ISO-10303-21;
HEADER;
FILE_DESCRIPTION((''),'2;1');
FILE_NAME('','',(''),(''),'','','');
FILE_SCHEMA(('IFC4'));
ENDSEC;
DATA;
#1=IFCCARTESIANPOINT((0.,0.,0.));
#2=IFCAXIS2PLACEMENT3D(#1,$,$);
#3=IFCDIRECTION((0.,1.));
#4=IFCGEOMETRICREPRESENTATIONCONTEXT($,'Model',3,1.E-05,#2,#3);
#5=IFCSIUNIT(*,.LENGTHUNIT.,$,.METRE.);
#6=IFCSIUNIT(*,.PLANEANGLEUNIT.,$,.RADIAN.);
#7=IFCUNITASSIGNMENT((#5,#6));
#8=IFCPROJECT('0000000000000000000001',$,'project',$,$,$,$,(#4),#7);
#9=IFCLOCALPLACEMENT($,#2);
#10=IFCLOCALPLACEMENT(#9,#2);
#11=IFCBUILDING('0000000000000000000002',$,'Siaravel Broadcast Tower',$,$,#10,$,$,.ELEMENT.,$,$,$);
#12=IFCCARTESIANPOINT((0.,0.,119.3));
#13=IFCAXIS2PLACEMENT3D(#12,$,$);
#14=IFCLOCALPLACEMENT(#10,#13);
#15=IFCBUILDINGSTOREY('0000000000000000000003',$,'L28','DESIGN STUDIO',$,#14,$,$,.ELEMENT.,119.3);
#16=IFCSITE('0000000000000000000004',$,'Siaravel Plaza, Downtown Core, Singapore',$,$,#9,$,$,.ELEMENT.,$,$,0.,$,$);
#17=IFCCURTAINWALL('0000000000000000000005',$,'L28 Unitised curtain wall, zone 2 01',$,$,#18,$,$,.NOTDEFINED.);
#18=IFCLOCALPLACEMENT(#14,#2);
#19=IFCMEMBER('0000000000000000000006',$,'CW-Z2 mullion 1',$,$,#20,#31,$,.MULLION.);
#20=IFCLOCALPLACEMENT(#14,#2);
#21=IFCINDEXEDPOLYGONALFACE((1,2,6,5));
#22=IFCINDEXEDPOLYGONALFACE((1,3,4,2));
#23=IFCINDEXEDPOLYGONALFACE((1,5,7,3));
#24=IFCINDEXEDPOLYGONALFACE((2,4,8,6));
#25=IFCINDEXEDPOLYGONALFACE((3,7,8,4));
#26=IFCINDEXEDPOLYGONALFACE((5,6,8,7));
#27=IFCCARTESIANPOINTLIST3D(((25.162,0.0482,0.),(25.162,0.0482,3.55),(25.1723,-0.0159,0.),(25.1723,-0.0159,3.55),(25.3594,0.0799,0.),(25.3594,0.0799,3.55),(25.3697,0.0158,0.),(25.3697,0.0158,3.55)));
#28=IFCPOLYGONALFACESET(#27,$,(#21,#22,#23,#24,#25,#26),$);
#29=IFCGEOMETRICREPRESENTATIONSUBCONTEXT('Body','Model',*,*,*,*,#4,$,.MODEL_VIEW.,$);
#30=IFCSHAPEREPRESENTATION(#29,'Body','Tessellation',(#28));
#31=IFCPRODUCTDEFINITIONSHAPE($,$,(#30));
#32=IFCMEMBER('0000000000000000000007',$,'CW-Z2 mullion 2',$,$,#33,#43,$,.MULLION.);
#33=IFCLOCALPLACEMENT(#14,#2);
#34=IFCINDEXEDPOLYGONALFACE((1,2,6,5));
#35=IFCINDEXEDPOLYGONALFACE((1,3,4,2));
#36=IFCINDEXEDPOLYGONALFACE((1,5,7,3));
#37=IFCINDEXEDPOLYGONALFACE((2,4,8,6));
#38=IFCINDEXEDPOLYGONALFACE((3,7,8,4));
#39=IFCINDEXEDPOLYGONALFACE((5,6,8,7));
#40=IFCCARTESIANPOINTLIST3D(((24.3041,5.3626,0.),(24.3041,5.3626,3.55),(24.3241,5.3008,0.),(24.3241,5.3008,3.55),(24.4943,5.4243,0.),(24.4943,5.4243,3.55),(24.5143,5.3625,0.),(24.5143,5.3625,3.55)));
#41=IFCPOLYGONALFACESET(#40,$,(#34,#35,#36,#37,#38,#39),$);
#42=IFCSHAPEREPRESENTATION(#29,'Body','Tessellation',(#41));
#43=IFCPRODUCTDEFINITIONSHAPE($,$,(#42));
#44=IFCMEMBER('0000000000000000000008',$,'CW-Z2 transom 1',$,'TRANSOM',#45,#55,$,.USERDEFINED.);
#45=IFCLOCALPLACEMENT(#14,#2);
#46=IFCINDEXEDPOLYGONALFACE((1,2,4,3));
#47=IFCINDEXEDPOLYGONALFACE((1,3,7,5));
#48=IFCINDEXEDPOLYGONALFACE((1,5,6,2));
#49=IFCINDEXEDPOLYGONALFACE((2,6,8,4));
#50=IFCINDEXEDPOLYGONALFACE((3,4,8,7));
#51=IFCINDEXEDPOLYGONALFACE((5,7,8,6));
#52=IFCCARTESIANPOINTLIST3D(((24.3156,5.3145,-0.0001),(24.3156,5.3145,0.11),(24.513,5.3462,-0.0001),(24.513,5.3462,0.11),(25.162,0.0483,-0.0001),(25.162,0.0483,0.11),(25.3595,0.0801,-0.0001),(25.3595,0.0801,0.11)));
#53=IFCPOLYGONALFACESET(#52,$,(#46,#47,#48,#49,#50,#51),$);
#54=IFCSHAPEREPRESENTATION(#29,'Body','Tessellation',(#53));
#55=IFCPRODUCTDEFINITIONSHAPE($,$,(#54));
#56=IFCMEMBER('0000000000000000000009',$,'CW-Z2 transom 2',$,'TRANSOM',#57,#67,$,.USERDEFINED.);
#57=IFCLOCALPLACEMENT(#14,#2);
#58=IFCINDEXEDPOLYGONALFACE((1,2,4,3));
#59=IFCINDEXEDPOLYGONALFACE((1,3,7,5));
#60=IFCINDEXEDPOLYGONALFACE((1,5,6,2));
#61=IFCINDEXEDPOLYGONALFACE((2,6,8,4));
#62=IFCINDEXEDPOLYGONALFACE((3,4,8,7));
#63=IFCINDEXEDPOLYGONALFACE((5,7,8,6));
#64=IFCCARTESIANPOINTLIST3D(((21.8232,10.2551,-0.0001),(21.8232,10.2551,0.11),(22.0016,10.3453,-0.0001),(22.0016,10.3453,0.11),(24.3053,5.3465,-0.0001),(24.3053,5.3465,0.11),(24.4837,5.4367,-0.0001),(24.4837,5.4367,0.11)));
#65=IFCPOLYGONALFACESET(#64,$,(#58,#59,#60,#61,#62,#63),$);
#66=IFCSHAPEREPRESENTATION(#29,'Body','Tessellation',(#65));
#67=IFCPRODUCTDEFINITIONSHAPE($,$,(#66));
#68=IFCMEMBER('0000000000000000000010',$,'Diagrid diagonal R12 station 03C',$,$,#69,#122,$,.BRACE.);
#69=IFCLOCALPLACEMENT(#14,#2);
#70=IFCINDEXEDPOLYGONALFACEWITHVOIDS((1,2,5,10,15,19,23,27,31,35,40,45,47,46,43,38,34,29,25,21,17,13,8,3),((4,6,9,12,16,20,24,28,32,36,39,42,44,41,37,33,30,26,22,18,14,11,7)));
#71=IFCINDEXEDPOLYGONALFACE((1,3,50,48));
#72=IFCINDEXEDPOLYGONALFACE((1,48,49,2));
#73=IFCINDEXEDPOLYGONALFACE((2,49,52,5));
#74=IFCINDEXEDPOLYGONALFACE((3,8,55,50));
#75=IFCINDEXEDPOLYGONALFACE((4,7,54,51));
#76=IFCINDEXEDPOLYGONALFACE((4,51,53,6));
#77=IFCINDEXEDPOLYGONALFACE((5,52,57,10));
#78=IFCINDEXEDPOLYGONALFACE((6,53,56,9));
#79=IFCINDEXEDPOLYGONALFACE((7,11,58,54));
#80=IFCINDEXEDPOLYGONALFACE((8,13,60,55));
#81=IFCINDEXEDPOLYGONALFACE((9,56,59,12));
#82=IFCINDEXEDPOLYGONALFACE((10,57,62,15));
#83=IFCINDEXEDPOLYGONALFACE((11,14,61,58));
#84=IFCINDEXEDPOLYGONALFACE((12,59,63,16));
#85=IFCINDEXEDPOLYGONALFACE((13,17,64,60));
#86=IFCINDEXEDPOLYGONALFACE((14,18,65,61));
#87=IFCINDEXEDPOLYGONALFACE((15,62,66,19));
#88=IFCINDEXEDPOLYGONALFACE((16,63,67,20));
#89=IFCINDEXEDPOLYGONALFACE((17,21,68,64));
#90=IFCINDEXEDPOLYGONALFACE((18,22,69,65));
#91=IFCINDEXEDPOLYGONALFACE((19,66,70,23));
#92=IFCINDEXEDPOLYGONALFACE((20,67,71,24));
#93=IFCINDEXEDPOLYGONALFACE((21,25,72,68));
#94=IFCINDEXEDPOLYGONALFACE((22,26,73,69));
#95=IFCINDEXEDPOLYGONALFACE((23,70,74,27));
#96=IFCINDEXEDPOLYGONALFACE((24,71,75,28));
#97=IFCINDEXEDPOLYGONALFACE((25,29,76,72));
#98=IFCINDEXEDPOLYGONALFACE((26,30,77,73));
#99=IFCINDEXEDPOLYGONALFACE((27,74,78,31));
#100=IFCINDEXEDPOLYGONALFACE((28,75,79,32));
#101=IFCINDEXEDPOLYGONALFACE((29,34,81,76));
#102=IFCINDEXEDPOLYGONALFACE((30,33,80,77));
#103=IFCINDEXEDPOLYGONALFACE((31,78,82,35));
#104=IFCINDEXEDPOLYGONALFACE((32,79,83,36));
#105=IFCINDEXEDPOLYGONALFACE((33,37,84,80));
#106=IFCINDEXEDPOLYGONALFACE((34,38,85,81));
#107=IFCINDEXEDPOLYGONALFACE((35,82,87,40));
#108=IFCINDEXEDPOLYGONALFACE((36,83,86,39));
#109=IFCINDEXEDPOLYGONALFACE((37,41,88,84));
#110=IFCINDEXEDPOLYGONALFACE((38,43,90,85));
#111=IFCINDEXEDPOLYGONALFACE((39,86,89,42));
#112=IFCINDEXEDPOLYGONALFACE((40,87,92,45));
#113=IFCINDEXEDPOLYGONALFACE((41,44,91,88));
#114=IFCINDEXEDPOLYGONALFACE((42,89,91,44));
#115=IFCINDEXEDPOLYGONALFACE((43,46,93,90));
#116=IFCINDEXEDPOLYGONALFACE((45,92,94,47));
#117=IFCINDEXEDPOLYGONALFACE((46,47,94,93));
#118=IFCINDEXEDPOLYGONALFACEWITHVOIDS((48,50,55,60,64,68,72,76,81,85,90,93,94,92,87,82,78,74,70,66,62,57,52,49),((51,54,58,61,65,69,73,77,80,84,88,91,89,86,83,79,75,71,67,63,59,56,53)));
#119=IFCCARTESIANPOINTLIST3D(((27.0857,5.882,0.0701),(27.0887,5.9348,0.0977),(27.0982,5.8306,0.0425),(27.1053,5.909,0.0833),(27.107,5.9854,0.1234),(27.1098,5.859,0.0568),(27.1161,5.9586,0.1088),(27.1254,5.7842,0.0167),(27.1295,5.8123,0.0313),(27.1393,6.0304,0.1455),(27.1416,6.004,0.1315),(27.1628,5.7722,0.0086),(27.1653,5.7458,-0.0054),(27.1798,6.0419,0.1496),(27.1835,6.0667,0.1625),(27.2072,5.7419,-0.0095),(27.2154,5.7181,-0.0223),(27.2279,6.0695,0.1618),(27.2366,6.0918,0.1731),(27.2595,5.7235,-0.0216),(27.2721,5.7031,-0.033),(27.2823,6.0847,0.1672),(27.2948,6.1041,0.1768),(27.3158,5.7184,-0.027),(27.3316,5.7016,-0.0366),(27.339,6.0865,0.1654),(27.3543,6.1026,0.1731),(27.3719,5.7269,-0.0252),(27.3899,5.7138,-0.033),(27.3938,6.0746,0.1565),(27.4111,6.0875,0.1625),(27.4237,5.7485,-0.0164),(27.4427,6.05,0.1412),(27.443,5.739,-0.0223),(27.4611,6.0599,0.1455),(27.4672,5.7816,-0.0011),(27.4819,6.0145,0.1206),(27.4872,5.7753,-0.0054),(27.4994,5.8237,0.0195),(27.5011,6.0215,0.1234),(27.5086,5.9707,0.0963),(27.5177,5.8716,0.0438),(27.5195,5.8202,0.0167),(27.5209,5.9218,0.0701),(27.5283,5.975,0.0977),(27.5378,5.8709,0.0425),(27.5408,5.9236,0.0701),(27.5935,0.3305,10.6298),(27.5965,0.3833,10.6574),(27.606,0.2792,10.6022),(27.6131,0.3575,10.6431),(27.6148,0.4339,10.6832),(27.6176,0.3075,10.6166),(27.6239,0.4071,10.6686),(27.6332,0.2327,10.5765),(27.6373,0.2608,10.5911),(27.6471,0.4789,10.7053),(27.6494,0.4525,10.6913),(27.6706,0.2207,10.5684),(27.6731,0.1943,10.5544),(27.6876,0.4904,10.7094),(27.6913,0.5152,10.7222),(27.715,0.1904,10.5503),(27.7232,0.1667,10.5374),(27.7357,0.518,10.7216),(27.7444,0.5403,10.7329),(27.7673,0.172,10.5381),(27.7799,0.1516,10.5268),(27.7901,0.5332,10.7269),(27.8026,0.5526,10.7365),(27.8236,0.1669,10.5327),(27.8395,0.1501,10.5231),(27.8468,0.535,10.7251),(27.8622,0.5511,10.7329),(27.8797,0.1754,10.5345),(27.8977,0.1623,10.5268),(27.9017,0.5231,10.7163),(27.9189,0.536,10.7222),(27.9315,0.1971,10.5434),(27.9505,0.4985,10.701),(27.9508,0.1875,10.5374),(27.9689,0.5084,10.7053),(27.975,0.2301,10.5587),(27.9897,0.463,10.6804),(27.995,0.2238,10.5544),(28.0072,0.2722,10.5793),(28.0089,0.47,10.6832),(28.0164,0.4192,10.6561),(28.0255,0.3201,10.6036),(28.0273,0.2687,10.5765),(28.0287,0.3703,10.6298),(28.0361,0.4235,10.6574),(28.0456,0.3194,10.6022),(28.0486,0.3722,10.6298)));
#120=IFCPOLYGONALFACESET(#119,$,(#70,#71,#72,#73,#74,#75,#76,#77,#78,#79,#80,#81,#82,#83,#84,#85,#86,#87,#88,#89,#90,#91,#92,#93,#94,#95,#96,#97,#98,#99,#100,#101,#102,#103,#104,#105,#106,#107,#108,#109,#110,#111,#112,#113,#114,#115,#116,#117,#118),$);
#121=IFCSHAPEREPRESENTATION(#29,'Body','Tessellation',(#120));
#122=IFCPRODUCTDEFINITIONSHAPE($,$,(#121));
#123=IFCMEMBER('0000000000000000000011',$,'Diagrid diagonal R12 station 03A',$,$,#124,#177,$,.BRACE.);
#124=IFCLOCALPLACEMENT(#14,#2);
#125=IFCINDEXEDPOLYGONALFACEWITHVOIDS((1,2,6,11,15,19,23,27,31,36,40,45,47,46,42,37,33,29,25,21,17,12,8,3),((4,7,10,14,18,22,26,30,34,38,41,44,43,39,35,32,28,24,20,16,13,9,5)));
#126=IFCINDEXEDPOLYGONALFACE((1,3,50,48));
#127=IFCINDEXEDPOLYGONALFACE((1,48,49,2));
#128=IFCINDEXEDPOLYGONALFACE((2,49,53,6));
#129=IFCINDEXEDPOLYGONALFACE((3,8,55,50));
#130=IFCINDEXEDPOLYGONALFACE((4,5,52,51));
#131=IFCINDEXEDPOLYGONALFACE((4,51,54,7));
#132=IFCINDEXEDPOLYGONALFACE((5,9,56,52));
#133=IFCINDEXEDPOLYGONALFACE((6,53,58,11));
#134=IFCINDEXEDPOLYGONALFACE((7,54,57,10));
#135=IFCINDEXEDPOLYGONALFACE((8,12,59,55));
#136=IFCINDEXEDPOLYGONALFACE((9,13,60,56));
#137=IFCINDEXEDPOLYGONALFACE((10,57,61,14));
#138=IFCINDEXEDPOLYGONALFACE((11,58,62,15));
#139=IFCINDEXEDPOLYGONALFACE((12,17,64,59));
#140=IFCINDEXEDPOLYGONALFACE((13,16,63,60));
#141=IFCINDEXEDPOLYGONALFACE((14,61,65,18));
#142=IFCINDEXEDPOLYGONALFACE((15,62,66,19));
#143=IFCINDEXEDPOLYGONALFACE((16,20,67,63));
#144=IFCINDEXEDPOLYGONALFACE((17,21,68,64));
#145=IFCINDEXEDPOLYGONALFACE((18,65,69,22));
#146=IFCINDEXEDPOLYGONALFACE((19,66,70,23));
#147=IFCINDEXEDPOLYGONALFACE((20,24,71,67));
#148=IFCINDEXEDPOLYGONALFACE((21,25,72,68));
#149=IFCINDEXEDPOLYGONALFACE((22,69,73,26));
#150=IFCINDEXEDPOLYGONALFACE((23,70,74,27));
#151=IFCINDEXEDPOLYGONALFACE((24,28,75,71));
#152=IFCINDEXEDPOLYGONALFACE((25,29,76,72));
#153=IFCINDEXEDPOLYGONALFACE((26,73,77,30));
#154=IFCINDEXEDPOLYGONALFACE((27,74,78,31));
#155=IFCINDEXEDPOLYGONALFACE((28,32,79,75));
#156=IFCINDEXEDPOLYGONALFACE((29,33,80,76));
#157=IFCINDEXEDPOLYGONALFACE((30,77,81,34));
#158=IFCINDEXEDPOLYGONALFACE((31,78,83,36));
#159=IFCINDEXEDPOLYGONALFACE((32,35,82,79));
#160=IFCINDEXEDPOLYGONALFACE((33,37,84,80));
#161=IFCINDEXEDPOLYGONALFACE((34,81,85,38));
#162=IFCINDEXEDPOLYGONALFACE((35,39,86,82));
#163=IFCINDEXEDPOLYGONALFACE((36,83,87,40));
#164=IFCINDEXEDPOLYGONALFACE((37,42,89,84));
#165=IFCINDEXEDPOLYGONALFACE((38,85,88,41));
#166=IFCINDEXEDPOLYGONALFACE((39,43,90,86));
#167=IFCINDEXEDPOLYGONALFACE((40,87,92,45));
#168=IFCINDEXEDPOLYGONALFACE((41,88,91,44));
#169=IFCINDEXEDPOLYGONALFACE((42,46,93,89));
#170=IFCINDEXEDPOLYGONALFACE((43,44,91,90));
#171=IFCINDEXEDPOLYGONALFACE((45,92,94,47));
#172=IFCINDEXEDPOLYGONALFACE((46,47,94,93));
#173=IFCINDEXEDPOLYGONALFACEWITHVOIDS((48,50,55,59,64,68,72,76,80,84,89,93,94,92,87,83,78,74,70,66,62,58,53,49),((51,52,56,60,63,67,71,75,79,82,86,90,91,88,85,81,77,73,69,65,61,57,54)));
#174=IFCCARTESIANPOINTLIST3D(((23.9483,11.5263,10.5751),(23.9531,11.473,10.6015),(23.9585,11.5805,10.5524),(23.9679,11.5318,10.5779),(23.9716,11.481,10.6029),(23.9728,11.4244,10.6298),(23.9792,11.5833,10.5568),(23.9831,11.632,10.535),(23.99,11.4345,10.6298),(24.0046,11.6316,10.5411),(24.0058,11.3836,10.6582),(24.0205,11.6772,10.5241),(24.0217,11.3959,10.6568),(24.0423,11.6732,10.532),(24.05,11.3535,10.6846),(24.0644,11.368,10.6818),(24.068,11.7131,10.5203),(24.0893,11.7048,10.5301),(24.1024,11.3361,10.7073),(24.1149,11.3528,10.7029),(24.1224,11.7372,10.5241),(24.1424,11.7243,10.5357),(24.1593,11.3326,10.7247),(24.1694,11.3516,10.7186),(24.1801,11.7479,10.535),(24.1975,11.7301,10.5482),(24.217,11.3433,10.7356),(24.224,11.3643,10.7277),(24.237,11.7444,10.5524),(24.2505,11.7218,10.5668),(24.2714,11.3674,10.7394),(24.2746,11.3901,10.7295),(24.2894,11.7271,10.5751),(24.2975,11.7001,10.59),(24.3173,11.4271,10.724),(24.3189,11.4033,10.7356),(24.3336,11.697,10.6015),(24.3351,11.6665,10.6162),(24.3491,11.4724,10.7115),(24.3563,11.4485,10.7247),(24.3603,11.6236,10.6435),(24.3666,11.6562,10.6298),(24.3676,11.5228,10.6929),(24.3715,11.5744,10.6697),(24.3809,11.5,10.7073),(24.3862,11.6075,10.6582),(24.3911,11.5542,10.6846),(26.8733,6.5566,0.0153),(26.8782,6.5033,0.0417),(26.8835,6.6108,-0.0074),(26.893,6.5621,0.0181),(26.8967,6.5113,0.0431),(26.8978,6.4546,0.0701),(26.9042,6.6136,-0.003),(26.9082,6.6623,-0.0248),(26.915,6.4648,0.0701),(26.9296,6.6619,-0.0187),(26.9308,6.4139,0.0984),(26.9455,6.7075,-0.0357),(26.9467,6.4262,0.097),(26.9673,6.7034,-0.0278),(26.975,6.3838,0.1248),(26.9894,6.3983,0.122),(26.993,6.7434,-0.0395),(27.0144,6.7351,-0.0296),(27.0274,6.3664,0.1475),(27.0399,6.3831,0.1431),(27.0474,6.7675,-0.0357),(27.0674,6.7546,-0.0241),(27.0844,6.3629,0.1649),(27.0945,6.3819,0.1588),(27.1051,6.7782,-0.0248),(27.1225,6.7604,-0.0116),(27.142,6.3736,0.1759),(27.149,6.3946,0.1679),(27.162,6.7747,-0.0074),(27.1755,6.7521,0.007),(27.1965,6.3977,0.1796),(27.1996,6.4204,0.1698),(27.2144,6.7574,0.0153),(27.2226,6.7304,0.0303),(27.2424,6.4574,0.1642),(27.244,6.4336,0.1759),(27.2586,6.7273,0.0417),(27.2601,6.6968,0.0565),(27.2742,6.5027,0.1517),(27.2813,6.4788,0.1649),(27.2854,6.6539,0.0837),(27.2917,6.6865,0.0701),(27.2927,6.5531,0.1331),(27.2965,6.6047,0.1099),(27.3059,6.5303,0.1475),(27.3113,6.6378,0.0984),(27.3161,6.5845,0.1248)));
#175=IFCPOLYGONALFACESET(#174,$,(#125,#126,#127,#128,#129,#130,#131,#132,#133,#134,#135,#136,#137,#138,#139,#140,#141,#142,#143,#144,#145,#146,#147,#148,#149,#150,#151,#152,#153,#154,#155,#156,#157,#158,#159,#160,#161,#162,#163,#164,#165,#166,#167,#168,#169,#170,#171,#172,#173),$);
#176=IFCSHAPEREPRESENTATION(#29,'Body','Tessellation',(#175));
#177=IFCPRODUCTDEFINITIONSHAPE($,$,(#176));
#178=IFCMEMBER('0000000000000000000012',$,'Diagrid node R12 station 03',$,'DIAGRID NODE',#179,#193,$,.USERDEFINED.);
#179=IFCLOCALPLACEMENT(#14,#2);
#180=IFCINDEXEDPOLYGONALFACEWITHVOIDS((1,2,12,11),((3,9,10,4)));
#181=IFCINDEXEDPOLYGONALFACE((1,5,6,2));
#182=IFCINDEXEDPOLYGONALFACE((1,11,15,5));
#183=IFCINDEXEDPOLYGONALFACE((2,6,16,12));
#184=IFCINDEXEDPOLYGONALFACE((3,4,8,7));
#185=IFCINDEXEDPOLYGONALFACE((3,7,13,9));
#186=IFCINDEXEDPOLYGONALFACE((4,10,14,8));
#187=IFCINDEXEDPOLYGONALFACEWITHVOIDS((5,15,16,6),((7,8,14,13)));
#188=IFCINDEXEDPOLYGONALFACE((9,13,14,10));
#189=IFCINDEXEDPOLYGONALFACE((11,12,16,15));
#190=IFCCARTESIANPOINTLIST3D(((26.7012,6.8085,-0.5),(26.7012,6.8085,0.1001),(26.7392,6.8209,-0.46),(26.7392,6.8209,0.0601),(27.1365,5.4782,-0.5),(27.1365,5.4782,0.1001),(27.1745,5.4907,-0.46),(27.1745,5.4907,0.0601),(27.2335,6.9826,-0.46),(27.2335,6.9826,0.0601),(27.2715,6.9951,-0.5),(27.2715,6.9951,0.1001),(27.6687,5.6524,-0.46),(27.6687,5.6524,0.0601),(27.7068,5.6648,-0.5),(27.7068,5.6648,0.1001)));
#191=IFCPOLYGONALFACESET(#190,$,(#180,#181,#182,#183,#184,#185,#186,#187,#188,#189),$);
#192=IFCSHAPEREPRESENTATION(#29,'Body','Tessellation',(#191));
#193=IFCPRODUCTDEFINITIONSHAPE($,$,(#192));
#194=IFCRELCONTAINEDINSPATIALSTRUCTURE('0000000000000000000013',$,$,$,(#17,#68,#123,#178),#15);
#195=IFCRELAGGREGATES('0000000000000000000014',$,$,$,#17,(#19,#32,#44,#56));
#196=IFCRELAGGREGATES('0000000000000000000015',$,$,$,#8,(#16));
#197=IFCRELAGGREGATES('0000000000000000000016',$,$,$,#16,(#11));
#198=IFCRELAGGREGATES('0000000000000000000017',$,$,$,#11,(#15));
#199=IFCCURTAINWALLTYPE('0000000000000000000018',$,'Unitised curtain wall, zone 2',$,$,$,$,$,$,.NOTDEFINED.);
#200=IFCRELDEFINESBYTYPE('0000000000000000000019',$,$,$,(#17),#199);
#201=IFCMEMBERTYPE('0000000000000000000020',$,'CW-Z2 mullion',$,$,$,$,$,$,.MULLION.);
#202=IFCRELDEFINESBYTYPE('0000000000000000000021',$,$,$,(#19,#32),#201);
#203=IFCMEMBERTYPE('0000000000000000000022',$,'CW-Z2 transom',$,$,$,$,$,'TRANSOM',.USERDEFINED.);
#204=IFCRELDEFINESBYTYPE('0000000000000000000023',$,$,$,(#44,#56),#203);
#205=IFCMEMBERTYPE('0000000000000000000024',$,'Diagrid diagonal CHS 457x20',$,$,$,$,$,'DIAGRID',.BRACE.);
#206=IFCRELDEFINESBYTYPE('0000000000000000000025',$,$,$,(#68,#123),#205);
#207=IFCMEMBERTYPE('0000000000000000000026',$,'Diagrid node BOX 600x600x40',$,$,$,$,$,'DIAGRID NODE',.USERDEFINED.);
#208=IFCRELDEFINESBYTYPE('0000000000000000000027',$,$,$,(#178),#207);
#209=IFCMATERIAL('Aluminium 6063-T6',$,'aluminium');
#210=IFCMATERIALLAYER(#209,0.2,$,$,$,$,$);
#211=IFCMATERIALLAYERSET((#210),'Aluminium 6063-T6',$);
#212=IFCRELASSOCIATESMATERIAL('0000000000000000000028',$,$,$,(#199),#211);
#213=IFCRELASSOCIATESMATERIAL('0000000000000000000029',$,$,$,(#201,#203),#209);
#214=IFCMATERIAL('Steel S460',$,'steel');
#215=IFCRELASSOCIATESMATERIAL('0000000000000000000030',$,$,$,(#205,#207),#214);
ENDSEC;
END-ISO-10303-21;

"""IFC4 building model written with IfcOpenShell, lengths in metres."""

from ifc_helpers import new_model, si_unit, direction, frame, origin, origin_2d, place, context, subcontext, project, spatial, rectangle, hollow_rectangle, hollow_circle, extrude, material, layer, layer_set, material_profile, profile_set, type_object, element, aggregate, save


model = new_model("IFC4")

# Units and contexts
model_context = context("Model", 3, precision=1e-05, world=origin(), true_north=direction((0.0, 1.0)))
body_context = subcontext(model_context, "Body", "Model", "MODEL_VIEW")
ifc_project = project(units=[si_unit("LENGTHUNIT", "METRE"), si_unit("PLANEANGLEUNIT", "RADIAN")], contexts=[model_context])

# Site, building, storey
site_placement = place(None, origin())
site = spatial("IfcSite", under=ifc_project, at=site_placement, Name="Siaravel Plaza, Downtown Core, Singapore", CompositionType="ELEMENT", RefElevation=0.0)
building_placement = place(site_placement, origin())
building = spatial("IfcBuilding", under=site, at=building_placement, Name="Siaravel Broadcast Tower", CompositionType="ELEMENT")
storey_placement = place(building_placement, frame((0.0, 0.0, 119.3)))
storey = spatial("IfcBuildingStorey", under=building, at=storey_placement, Name="L28", Description="DESIGN STUDIO", CompositionType="ELEMENT", Elevation=119.3)

# Curtain wall, members
ifc_material_1 = material(Name="Aluminium 6063-T6", Category="aluminium")
ifc_layer_1 = layer(ifc_material_1, 0.2)
ifc_layer_set_1 = layer_set([ifc_layer_1], Name="Aluminium 6063-T6")
curtain_wall_type = type_object("IfcCurtainWallType", Name="Unitised curtain wall, zone 2", PredefinedType="NOTDEFINED", material=ifc_layer_set_1)
curtain_wall_placement = place(storey_placement, origin())
curtain_wall = element("IfcCurtainWall", 1, at=curtain_wall_placement, inside=storey, type_object=curtain_wall_type, Name="L28 Unitised curtain wall, zone 2 01", PredefinedType="NOTDEFINED")
ifc_material_profile_1 = material_profile(ifc_material_1, rectangle(XDim=0.2, YDim=0.0649, at=origin_2d()))
ifc_profile_set_1 = profile_set([ifc_material_profile_1], Name="Aluminium 6063-T6")
member_type_1 = type_object("IfcMemberType", Name="CW-Z2 mullion", PredefinedType="MULLION", material=ifc_profile_set_1)
member_1_placement = place(storey_placement, frame((25.2659, 0.032, 0.0), z_axis=(0.0, 0.0, 1.0), x_axis=(-0.987329, -0.158686, 0.0)))
member_1 = element("IfcMember", 2, at=member_1_placement, type_object=member_type_1, Name="CW-Z2 mullion 1", PredefinedType="MULLION", context=body_context, shape_type="SweptSolid", body=[
    extrude(rectangle(XDim=0.2, YDim=0.0649, at=origin_2d()), origin(), (0.0, 0.0, 1.0), 3.55),
])
member_2_placement = place(storey_placement, frame((24.4092, 5.3625, 0.0), z_axis=(0.0, 0.0, 1.0), x_axis=(-0.951177, -0.308645, 0.0)))
member_2 = element("IfcMember", 3, at=member_2_placement, type_object=member_type_1, Name="CW-Z2 mullion 2", PredefinedType="MULLION", context=body_context, shape_type="SweptSolid", body=[
    extrude(rectangle(XDim=0.2, YDim=0.0649, at=origin_2d()), origin(), (0.0, 0.0, 1.0), 3.55),
])
ifc_material_profile_2 = material_profile(ifc_material_1, rectangle(XDim=0.2, YDim=0.1101, at=origin_2d()))
ifc_profile_set_2 = profile_set([ifc_material_profile_2], Name="Aluminium 6063-T6")
member_type_2 = type_object("IfcMemberType", Name="CW-Z2 transom", ElementType="TRANSOM", PredefinedType="USERDEFINED", material=ifc_profile_set_2)
member_3_placement = place(storey_placement, frame((25.2607, 0.0642, 0.0549), z_axis=(-0.158696, 0.987328, 0.0), x_axis=(-0.987328, -0.158696, 0.0)))
member_3 = element("IfcMember", 4, at=member_3_placement, type_object=member_type_2, Name="CW-Z2 transom 1", ObjectType="TRANSOM", PredefinedType="USERDEFINED", context=body_context, shape_type="SweptSolid", body=[
    extrude(rectangle(XDim=0.2, YDim=0.1101, at=origin_2d()), origin(), (0.0, 0.0, 1.0), 5.3337),
])
member_4_placement = place(storey_placement, frame((24.3945, 5.3916, 0.0549), z_axis=(-0.451257, 0.892394, 0.0), x_axis=(-0.892394, -0.451257, 0.0)))
member_4 = element("IfcMember", 5, at=member_4_placement, type_object=member_type_2, Name="CW-Z2 transom 2", ObjectType="TRANSOM", PredefinedType="USERDEFINED", context=body_context, shape_type="SweptSolid", body=[
    extrude(rectangle(XDim=0.2, YDim=0.1101, at=origin_2d()), origin(), (0.0, 0.0, 1.0), 5.5005),
])

# Members
ifc_material_2 = material(Name="Steel S460", Category="steel")
ifc_material_profile_3 = material_profile(ifc_material_2, hollow_circle(Radius=0.2285, WallThickness=0.02, at=origin_2d()))
ifc_profile_set_3 = profile_set([ifc_material_profile_3], Name="Steel S460")
member_type_3 = type_object("IfcMemberType", Name="Diagrid diagonal CHS 457x20", ElementType="DIAGRID", PredefinedType="BRACE", material=ifc_profile_set_3)
member_5_placement = place(storey_placement, frame((27.3132, 5.9028, 0.0701), z_axis=(0.042527, -0.464913, 0.884334), x_axis=(0.995842, 0.091092, 0.0)))
element("IfcMember", 6, at=member_5_placement, inside=storey, type_object=member_type_3, Name="Diagrid diagonal R12 station 03C", PredefinedType="BRACE", context=body_context, shape_type="SweptSolid", body=[
    extrude(hollow_circle(Radius=0.2285, WallThickness=0.02, at=origin_2d()), origin(), (0.0, 0.0, 1.0), 11.9409),
])
member_6_placement = place(storey_placement, frame((27.0947, 6.5706, 0.0701), z_axis=(-0.24311, 0.41305, 0.87766), x_axis=(-0.861807, -0.507237, 0.0)))
element("IfcMember", 7, at=member_6_placement, inside=storey, type_object=member_type_3, Name="Diagrid diagonal R12 station 03A", PredefinedType="BRACE", context=body_context, shape_type="SweptSolid", body=[
    extrude(hollow_circle(Radius=0.2285, WallThickness=0.02, at=origin_2d()), origin(), (0.0, 0.0, 1.0), 12.0317),
])
ifc_material_profile_4 = material_profile(ifc_material_2, hollow_rectangle(XDim=0.6001, YDim=0.6001, WallThickness=0.04, at=origin_2d()))
ifc_profile_set_4 = profile_set([ifc_material_profile_4], Name="Steel S460")
member_type_4 = type_object("IfcMemberType", Name="Diagrid node BOX 600x600x40", ElementType="DIAGRID NODE", PredefinedType="USERDEFINED", material=ifc_profile_set_4)
member_7_placement = place(storey_placement, frame((27.4216, 5.5715, -0.2), z_axis=(-0.31099, 0.950413, 0.0), x_axis=(-0.950413, -0.31099, 0.0)))
element("IfcMember", 8, at=member_7_placement, inside=storey, type_object=member_type_4, Name="Diagrid node R12 station 03", ObjectType="DIAGRID NODE", PredefinedType="USERDEFINED", context=body_context, shape_type="SweptSolid", body=[
    extrude(hollow_rectangle(XDim=0.6001, YDim=0.6001, WallThickness=0.04, at=origin_2d()), origin(), (0.0, 0.0, 1.0), 1.3997),
])

aggregate(curtain_wall, [member_1, member_2, member_3, member_4])

save(model, "model.ifc")
